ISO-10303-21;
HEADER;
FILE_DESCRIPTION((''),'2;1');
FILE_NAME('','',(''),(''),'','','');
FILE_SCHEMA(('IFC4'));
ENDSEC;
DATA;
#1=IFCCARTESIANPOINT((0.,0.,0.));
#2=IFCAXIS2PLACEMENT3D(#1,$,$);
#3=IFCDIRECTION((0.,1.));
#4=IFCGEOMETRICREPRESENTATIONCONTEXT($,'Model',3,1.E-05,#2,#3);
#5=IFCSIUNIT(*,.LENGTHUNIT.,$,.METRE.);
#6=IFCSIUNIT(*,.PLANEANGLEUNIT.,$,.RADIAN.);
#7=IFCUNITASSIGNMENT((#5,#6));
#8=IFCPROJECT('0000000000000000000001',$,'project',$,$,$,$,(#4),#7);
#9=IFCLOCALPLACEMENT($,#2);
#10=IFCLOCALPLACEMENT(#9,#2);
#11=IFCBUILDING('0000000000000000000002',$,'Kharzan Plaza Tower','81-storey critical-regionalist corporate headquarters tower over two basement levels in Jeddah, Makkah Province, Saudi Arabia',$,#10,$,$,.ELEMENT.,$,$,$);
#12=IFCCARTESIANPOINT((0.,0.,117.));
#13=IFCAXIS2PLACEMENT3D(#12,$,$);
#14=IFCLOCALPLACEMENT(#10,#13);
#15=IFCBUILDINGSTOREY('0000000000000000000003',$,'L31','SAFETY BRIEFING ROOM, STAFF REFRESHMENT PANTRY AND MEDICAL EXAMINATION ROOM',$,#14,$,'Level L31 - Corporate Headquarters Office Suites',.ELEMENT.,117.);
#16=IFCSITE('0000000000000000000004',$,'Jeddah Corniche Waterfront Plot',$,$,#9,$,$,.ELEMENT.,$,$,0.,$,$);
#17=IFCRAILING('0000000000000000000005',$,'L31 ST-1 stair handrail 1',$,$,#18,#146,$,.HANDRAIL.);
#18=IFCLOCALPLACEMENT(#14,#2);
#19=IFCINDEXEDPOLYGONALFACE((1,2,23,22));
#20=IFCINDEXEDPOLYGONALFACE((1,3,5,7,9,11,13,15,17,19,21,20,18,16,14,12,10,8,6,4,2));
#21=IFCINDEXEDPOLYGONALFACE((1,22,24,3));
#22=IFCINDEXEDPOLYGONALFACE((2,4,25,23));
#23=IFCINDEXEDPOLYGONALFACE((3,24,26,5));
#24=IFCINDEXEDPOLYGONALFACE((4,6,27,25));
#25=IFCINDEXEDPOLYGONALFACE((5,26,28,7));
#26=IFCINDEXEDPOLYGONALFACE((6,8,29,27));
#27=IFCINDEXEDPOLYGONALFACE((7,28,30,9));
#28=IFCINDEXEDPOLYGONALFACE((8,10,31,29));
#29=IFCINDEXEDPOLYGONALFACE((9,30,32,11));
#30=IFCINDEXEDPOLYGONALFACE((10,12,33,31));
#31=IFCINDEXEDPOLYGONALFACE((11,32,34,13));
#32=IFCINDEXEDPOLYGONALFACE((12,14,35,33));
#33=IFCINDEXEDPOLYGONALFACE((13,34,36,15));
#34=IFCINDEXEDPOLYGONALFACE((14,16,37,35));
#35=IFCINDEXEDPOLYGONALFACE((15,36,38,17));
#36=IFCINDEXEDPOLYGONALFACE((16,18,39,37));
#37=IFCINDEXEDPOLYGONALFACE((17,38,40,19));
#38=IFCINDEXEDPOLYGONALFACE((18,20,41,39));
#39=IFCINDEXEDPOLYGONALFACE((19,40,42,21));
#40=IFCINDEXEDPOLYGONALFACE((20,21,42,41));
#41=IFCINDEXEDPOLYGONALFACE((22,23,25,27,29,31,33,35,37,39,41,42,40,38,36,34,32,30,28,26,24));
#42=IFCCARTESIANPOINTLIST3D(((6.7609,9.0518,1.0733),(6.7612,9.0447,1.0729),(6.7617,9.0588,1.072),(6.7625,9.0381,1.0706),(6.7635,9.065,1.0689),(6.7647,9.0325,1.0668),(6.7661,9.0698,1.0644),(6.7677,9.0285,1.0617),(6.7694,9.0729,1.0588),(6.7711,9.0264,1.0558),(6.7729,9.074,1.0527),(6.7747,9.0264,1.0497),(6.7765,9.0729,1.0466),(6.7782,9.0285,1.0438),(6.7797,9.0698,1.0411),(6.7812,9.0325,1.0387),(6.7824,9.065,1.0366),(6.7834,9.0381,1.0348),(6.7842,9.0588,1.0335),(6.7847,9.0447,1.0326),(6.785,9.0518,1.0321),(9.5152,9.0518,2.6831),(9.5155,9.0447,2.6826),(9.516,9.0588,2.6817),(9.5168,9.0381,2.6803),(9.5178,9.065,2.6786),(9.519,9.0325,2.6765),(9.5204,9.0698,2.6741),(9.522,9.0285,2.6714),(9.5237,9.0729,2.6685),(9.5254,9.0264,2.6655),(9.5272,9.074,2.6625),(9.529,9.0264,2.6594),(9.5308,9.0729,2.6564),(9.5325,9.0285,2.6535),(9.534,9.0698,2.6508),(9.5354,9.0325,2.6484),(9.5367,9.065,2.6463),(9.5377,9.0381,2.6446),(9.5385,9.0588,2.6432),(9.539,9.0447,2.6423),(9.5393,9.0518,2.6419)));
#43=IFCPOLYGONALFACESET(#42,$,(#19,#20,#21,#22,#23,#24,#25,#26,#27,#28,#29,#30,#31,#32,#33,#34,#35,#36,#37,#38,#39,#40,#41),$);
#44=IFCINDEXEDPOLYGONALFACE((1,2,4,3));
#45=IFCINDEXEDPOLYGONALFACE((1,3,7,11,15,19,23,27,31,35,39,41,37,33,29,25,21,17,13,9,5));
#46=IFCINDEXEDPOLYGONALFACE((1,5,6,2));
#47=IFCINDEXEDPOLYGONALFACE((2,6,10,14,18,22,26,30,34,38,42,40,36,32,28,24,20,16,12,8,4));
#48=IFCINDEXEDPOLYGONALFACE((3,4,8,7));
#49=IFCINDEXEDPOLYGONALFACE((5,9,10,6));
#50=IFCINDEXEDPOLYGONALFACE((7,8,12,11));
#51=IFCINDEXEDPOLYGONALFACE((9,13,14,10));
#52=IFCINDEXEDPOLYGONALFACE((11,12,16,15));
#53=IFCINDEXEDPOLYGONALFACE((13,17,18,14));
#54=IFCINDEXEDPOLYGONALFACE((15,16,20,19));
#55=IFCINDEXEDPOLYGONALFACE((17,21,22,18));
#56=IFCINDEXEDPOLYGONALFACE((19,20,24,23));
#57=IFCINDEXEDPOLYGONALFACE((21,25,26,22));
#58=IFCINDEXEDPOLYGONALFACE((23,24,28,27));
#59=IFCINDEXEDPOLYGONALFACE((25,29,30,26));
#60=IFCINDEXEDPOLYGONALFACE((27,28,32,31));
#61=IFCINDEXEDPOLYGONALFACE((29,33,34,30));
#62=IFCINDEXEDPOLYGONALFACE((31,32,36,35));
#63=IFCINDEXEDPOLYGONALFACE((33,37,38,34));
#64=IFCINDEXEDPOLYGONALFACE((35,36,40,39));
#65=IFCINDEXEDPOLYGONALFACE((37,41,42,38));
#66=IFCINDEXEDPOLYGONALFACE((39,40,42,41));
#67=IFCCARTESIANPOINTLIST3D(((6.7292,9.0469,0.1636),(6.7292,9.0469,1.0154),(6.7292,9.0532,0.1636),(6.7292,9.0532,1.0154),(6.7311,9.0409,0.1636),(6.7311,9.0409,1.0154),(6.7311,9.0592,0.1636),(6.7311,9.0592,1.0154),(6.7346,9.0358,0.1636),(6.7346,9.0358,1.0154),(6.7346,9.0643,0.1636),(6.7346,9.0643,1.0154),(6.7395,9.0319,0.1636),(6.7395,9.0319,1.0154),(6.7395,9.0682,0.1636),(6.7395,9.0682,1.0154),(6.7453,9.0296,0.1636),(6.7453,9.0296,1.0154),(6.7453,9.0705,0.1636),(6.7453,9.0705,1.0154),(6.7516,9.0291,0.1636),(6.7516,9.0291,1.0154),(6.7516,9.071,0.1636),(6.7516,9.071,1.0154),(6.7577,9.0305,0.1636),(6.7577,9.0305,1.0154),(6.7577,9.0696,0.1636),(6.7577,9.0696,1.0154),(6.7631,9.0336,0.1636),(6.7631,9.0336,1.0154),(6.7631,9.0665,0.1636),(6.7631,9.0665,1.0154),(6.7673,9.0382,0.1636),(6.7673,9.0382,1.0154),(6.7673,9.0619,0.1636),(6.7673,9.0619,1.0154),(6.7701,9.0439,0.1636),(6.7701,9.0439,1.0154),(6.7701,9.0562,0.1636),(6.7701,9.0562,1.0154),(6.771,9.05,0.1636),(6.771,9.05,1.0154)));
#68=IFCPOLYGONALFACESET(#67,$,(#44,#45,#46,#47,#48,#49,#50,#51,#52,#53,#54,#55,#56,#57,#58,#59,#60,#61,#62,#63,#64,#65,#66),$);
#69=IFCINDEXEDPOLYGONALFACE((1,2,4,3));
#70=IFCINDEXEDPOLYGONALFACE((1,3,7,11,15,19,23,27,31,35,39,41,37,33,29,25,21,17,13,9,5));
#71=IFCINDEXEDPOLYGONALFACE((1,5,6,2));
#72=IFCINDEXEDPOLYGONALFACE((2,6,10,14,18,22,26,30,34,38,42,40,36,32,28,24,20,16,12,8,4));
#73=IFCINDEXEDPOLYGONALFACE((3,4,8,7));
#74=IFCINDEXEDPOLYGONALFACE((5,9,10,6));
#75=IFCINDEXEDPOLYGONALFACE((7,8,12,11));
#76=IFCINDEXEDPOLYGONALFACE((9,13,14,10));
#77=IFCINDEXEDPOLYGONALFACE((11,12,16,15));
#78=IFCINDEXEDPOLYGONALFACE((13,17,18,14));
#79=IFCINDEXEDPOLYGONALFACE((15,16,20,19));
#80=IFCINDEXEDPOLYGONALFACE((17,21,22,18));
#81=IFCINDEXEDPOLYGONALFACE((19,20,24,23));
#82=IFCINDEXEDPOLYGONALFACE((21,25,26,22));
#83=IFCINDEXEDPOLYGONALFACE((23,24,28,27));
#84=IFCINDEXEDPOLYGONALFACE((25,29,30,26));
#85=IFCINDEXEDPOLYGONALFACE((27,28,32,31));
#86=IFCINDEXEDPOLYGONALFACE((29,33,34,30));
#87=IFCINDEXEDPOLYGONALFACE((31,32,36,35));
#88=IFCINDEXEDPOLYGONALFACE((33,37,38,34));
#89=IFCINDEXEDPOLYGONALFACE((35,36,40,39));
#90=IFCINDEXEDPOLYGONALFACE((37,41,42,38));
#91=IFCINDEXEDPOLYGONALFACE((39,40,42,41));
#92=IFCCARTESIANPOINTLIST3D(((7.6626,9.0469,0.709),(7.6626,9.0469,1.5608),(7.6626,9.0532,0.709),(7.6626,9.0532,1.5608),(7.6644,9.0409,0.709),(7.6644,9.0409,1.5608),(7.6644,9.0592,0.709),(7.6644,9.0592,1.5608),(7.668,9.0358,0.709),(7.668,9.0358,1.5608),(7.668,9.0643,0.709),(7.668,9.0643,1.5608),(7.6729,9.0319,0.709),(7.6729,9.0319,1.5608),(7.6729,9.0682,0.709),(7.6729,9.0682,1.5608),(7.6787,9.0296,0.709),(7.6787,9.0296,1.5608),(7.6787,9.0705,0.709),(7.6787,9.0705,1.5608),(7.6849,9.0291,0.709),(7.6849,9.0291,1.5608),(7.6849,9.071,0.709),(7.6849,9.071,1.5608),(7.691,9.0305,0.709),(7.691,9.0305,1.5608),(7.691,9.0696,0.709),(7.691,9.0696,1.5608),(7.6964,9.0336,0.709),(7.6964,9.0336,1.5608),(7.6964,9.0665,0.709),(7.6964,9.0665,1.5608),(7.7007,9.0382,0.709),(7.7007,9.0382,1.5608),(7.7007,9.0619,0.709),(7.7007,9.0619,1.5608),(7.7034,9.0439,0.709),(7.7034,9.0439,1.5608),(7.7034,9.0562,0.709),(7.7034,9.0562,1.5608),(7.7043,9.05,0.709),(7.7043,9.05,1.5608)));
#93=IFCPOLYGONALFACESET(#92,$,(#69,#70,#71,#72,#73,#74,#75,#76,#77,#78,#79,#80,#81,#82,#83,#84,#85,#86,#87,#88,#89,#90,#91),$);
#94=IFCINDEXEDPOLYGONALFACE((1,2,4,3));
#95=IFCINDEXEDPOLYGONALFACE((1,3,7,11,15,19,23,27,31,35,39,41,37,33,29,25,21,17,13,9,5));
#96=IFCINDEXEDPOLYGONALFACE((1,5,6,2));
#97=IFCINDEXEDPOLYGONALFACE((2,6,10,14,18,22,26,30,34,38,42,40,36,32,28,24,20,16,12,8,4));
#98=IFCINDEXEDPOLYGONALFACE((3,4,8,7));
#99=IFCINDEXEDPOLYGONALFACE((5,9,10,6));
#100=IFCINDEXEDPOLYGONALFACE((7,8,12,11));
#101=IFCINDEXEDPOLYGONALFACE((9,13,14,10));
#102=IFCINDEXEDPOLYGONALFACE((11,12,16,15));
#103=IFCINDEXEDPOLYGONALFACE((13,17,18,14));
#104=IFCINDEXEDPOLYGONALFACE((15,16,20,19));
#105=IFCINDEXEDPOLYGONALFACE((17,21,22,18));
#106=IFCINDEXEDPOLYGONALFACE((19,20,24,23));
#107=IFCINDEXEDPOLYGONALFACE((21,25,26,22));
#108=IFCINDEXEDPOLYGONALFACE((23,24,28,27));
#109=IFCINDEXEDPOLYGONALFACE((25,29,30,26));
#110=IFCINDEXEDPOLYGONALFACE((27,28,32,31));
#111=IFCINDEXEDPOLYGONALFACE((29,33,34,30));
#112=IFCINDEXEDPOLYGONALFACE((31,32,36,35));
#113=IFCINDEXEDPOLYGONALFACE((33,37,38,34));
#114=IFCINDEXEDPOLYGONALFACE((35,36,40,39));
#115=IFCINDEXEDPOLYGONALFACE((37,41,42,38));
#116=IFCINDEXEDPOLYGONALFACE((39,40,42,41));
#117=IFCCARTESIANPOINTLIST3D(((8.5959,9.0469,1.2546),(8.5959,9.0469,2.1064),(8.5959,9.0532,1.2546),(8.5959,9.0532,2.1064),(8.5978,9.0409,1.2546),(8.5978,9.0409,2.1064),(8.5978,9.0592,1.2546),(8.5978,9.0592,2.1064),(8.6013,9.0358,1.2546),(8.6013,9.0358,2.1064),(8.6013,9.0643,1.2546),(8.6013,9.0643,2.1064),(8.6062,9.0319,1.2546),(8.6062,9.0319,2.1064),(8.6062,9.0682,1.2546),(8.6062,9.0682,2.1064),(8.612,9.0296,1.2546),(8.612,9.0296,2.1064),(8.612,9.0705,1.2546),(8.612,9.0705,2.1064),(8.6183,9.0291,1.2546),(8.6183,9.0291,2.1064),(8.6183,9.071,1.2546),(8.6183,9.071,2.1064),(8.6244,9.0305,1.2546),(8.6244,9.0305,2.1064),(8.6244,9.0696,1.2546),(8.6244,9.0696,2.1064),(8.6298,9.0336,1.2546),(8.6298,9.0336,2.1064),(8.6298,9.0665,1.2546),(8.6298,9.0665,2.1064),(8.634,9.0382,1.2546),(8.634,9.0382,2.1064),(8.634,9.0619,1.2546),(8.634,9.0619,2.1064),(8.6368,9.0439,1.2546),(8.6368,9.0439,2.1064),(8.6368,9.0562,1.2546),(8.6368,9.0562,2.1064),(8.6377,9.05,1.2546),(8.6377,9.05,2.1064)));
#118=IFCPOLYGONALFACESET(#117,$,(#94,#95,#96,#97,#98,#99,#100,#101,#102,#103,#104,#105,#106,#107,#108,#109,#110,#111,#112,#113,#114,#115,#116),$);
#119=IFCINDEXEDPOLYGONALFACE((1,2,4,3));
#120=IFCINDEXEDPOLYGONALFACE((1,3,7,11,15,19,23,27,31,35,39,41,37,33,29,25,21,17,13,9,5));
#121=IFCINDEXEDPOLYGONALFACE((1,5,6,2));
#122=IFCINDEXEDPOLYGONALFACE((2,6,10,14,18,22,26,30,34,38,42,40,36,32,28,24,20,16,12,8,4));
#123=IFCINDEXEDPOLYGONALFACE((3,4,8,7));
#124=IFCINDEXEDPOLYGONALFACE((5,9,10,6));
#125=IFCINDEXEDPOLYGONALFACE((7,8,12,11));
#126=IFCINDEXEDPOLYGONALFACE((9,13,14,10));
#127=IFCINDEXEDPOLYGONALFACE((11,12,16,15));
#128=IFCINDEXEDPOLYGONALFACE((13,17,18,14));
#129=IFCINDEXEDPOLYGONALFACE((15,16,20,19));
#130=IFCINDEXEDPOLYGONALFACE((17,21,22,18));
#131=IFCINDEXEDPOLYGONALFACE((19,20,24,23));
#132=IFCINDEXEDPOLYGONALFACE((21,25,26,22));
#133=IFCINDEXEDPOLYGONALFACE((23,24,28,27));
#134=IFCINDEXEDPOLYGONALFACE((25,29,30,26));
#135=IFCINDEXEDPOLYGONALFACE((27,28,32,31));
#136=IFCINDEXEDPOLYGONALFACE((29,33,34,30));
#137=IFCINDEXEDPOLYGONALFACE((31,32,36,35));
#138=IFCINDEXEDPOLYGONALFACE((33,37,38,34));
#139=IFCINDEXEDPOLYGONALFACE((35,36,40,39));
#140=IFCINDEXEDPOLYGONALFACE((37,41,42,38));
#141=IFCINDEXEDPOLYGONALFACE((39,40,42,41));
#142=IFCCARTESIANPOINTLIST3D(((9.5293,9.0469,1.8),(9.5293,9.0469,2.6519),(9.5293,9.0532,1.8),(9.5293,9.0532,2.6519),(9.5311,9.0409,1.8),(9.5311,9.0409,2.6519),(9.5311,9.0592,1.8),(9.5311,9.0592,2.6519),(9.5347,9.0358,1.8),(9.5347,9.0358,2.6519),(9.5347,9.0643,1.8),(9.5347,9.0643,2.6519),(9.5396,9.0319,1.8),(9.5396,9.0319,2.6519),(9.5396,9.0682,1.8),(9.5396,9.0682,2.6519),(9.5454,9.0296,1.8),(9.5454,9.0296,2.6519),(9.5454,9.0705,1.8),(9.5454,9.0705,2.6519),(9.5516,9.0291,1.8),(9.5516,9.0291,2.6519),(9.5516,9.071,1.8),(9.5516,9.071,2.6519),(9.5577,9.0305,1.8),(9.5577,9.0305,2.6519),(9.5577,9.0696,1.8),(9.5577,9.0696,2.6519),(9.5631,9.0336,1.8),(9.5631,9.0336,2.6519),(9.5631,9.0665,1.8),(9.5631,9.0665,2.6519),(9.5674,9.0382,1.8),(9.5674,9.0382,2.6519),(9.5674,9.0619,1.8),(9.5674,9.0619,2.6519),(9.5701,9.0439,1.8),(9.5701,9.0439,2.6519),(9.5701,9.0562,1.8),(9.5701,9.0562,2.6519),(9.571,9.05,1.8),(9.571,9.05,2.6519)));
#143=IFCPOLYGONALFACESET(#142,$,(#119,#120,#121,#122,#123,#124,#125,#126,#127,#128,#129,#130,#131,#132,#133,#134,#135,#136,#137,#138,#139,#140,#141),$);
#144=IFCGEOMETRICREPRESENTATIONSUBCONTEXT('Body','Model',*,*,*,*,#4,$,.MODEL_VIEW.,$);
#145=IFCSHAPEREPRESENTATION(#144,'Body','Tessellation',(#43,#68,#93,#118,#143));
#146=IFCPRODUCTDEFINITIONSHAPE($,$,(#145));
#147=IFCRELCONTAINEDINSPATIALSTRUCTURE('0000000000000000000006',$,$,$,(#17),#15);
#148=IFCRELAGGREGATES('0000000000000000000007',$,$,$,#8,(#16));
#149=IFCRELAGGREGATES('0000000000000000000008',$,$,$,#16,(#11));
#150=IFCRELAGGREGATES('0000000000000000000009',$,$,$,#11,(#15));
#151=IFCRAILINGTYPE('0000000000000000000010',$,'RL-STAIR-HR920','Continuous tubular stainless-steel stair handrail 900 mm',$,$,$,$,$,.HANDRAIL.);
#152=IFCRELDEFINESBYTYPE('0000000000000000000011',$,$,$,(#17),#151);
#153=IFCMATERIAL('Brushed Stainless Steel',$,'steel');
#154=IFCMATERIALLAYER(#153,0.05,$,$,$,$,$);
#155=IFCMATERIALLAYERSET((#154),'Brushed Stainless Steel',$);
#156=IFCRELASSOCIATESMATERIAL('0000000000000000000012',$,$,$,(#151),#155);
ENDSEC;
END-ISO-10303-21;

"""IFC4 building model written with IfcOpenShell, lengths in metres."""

from ifc_helpers import new_model, si_unit, direction, frame, origin, origin_2d, place, context, subcontext, project, spatial, circle, extrude, source, transform, mapped, material, layer, layer_set, type_object, element, save


model = new_model("IFC4")

# Units and contexts
model_context = context("Model", 3, precision=1e-05, world=origin(), true_north=direction((0.0, 1.0)))
body_context = subcontext(model_context, "Body", "Model", "MODEL_VIEW")
ifc_project = project(units=[si_unit("LENGTHUNIT", "METRE"), si_unit("PLANEANGLEUNIT", "RADIAN")], contexts=[model_context])

# Site, building, storey
site_placement = place(None, origin())
site = spatial("IfcSite", under=ifc_project, at=site_placement, Name="Jeddah Corniche Waterfront Plot", CompositionType="ELEMENT", RefElevation=0.0)
building_placement = place(site_placement, origin())
building = spatial("IfcBuilding", under=site, at=building_placement, Name="Kharzan Plaza Tower", Description="81-storey critical-regionalist corporate headquarters tower over two basement levels in Jeddah, Makkah Province, Saudi Arabia", CompositionType="ELEMENT")
storey_placement = place(building_placement, frame((0.0, 0.0, 117.0)))
storey = spatial("IfcBuildingStorey", under=building, at=storey_placement, Name="L31", Description="SAFETY BRIEFING ROOM, STAFF REFRESHMENT PANTRY AND MEDICAL EXAMINATION ROOM", LongName="Level L31 - Corporate Headquarters Office Suites", CompositionType="ELEMENT", Elevation=117.0)

# Railing
ifc_material_1 = material(Name="Brushed Stainless Steel", Category="steel")
ifc_layer_1 = layer(ifc_material_1, 0.05)
ifc_layer_set_1 = layer_set([ifc_layer_1], Name="Brushed Stainless Steel")
railing_type_1 = type_object("IfcRailingType", Name="RL-STAIR-HR920", Description="Continuous tubular stainless-steel stair handrail 900 mm", PredefinedType="HANDRAIL", material=ifc_layer_set_1)
shared_shape_1 = source(origin(), body_context, "Body", "SweptSolid", [
    extrude(circle(Radius=0.0239, at=origin_2d()), frame((0.0229, 0.0, 0.8892), z_axis=(0.863361, 0.0, 0.504587), x_axis=(0.0, 1.0, 0.0)), (0.0, 0.0, 1.0), 3.1902),
    extrude(circle(Radius=0.021, at=origin_2d()), origin(), (0.0, 0.0, 1.0), 0.8518),
    extrude(circle(Radius=0.021, at=origin_2d()), frame((0.9333, 0.0, 0.5454)), (0.0, 0.0, 1.0), 0.8518),
    extrude(circle(Radius=0.021, at=origin_2d()), frame((1.8667, 0.0, 1.0911)), (0.0, 0.0, 1.0), 0.8518),
    extrude(circle(Radius=0.021, at=origin_2d()), frame((2.8, 0.0, 1.6365)), (0.0, 0.0, 1.0), 0.8518),
])
railing_1_placement = place(storey_placement, frame((6.75, 9.05, 0.1636)))
element("IfcRailing", 1, at=railing_1_placement, inside=storey, type_object=railing_type_1, Name="L31 ST-1 stair handrail 1", PredefinedType="HANDRAIL", context=body_context, shape_type="MappedRepresentation", body=[
    mapped(shared_shape_1, transform((0.0, 0.0, 0.0), x_axis=(1.0, 0.0, 0.0), y_axis=(0.0, 1.0, 0.0), z_axis=(0.0, 0.0, 1.0))),
])

save(model, "model.ifc")
